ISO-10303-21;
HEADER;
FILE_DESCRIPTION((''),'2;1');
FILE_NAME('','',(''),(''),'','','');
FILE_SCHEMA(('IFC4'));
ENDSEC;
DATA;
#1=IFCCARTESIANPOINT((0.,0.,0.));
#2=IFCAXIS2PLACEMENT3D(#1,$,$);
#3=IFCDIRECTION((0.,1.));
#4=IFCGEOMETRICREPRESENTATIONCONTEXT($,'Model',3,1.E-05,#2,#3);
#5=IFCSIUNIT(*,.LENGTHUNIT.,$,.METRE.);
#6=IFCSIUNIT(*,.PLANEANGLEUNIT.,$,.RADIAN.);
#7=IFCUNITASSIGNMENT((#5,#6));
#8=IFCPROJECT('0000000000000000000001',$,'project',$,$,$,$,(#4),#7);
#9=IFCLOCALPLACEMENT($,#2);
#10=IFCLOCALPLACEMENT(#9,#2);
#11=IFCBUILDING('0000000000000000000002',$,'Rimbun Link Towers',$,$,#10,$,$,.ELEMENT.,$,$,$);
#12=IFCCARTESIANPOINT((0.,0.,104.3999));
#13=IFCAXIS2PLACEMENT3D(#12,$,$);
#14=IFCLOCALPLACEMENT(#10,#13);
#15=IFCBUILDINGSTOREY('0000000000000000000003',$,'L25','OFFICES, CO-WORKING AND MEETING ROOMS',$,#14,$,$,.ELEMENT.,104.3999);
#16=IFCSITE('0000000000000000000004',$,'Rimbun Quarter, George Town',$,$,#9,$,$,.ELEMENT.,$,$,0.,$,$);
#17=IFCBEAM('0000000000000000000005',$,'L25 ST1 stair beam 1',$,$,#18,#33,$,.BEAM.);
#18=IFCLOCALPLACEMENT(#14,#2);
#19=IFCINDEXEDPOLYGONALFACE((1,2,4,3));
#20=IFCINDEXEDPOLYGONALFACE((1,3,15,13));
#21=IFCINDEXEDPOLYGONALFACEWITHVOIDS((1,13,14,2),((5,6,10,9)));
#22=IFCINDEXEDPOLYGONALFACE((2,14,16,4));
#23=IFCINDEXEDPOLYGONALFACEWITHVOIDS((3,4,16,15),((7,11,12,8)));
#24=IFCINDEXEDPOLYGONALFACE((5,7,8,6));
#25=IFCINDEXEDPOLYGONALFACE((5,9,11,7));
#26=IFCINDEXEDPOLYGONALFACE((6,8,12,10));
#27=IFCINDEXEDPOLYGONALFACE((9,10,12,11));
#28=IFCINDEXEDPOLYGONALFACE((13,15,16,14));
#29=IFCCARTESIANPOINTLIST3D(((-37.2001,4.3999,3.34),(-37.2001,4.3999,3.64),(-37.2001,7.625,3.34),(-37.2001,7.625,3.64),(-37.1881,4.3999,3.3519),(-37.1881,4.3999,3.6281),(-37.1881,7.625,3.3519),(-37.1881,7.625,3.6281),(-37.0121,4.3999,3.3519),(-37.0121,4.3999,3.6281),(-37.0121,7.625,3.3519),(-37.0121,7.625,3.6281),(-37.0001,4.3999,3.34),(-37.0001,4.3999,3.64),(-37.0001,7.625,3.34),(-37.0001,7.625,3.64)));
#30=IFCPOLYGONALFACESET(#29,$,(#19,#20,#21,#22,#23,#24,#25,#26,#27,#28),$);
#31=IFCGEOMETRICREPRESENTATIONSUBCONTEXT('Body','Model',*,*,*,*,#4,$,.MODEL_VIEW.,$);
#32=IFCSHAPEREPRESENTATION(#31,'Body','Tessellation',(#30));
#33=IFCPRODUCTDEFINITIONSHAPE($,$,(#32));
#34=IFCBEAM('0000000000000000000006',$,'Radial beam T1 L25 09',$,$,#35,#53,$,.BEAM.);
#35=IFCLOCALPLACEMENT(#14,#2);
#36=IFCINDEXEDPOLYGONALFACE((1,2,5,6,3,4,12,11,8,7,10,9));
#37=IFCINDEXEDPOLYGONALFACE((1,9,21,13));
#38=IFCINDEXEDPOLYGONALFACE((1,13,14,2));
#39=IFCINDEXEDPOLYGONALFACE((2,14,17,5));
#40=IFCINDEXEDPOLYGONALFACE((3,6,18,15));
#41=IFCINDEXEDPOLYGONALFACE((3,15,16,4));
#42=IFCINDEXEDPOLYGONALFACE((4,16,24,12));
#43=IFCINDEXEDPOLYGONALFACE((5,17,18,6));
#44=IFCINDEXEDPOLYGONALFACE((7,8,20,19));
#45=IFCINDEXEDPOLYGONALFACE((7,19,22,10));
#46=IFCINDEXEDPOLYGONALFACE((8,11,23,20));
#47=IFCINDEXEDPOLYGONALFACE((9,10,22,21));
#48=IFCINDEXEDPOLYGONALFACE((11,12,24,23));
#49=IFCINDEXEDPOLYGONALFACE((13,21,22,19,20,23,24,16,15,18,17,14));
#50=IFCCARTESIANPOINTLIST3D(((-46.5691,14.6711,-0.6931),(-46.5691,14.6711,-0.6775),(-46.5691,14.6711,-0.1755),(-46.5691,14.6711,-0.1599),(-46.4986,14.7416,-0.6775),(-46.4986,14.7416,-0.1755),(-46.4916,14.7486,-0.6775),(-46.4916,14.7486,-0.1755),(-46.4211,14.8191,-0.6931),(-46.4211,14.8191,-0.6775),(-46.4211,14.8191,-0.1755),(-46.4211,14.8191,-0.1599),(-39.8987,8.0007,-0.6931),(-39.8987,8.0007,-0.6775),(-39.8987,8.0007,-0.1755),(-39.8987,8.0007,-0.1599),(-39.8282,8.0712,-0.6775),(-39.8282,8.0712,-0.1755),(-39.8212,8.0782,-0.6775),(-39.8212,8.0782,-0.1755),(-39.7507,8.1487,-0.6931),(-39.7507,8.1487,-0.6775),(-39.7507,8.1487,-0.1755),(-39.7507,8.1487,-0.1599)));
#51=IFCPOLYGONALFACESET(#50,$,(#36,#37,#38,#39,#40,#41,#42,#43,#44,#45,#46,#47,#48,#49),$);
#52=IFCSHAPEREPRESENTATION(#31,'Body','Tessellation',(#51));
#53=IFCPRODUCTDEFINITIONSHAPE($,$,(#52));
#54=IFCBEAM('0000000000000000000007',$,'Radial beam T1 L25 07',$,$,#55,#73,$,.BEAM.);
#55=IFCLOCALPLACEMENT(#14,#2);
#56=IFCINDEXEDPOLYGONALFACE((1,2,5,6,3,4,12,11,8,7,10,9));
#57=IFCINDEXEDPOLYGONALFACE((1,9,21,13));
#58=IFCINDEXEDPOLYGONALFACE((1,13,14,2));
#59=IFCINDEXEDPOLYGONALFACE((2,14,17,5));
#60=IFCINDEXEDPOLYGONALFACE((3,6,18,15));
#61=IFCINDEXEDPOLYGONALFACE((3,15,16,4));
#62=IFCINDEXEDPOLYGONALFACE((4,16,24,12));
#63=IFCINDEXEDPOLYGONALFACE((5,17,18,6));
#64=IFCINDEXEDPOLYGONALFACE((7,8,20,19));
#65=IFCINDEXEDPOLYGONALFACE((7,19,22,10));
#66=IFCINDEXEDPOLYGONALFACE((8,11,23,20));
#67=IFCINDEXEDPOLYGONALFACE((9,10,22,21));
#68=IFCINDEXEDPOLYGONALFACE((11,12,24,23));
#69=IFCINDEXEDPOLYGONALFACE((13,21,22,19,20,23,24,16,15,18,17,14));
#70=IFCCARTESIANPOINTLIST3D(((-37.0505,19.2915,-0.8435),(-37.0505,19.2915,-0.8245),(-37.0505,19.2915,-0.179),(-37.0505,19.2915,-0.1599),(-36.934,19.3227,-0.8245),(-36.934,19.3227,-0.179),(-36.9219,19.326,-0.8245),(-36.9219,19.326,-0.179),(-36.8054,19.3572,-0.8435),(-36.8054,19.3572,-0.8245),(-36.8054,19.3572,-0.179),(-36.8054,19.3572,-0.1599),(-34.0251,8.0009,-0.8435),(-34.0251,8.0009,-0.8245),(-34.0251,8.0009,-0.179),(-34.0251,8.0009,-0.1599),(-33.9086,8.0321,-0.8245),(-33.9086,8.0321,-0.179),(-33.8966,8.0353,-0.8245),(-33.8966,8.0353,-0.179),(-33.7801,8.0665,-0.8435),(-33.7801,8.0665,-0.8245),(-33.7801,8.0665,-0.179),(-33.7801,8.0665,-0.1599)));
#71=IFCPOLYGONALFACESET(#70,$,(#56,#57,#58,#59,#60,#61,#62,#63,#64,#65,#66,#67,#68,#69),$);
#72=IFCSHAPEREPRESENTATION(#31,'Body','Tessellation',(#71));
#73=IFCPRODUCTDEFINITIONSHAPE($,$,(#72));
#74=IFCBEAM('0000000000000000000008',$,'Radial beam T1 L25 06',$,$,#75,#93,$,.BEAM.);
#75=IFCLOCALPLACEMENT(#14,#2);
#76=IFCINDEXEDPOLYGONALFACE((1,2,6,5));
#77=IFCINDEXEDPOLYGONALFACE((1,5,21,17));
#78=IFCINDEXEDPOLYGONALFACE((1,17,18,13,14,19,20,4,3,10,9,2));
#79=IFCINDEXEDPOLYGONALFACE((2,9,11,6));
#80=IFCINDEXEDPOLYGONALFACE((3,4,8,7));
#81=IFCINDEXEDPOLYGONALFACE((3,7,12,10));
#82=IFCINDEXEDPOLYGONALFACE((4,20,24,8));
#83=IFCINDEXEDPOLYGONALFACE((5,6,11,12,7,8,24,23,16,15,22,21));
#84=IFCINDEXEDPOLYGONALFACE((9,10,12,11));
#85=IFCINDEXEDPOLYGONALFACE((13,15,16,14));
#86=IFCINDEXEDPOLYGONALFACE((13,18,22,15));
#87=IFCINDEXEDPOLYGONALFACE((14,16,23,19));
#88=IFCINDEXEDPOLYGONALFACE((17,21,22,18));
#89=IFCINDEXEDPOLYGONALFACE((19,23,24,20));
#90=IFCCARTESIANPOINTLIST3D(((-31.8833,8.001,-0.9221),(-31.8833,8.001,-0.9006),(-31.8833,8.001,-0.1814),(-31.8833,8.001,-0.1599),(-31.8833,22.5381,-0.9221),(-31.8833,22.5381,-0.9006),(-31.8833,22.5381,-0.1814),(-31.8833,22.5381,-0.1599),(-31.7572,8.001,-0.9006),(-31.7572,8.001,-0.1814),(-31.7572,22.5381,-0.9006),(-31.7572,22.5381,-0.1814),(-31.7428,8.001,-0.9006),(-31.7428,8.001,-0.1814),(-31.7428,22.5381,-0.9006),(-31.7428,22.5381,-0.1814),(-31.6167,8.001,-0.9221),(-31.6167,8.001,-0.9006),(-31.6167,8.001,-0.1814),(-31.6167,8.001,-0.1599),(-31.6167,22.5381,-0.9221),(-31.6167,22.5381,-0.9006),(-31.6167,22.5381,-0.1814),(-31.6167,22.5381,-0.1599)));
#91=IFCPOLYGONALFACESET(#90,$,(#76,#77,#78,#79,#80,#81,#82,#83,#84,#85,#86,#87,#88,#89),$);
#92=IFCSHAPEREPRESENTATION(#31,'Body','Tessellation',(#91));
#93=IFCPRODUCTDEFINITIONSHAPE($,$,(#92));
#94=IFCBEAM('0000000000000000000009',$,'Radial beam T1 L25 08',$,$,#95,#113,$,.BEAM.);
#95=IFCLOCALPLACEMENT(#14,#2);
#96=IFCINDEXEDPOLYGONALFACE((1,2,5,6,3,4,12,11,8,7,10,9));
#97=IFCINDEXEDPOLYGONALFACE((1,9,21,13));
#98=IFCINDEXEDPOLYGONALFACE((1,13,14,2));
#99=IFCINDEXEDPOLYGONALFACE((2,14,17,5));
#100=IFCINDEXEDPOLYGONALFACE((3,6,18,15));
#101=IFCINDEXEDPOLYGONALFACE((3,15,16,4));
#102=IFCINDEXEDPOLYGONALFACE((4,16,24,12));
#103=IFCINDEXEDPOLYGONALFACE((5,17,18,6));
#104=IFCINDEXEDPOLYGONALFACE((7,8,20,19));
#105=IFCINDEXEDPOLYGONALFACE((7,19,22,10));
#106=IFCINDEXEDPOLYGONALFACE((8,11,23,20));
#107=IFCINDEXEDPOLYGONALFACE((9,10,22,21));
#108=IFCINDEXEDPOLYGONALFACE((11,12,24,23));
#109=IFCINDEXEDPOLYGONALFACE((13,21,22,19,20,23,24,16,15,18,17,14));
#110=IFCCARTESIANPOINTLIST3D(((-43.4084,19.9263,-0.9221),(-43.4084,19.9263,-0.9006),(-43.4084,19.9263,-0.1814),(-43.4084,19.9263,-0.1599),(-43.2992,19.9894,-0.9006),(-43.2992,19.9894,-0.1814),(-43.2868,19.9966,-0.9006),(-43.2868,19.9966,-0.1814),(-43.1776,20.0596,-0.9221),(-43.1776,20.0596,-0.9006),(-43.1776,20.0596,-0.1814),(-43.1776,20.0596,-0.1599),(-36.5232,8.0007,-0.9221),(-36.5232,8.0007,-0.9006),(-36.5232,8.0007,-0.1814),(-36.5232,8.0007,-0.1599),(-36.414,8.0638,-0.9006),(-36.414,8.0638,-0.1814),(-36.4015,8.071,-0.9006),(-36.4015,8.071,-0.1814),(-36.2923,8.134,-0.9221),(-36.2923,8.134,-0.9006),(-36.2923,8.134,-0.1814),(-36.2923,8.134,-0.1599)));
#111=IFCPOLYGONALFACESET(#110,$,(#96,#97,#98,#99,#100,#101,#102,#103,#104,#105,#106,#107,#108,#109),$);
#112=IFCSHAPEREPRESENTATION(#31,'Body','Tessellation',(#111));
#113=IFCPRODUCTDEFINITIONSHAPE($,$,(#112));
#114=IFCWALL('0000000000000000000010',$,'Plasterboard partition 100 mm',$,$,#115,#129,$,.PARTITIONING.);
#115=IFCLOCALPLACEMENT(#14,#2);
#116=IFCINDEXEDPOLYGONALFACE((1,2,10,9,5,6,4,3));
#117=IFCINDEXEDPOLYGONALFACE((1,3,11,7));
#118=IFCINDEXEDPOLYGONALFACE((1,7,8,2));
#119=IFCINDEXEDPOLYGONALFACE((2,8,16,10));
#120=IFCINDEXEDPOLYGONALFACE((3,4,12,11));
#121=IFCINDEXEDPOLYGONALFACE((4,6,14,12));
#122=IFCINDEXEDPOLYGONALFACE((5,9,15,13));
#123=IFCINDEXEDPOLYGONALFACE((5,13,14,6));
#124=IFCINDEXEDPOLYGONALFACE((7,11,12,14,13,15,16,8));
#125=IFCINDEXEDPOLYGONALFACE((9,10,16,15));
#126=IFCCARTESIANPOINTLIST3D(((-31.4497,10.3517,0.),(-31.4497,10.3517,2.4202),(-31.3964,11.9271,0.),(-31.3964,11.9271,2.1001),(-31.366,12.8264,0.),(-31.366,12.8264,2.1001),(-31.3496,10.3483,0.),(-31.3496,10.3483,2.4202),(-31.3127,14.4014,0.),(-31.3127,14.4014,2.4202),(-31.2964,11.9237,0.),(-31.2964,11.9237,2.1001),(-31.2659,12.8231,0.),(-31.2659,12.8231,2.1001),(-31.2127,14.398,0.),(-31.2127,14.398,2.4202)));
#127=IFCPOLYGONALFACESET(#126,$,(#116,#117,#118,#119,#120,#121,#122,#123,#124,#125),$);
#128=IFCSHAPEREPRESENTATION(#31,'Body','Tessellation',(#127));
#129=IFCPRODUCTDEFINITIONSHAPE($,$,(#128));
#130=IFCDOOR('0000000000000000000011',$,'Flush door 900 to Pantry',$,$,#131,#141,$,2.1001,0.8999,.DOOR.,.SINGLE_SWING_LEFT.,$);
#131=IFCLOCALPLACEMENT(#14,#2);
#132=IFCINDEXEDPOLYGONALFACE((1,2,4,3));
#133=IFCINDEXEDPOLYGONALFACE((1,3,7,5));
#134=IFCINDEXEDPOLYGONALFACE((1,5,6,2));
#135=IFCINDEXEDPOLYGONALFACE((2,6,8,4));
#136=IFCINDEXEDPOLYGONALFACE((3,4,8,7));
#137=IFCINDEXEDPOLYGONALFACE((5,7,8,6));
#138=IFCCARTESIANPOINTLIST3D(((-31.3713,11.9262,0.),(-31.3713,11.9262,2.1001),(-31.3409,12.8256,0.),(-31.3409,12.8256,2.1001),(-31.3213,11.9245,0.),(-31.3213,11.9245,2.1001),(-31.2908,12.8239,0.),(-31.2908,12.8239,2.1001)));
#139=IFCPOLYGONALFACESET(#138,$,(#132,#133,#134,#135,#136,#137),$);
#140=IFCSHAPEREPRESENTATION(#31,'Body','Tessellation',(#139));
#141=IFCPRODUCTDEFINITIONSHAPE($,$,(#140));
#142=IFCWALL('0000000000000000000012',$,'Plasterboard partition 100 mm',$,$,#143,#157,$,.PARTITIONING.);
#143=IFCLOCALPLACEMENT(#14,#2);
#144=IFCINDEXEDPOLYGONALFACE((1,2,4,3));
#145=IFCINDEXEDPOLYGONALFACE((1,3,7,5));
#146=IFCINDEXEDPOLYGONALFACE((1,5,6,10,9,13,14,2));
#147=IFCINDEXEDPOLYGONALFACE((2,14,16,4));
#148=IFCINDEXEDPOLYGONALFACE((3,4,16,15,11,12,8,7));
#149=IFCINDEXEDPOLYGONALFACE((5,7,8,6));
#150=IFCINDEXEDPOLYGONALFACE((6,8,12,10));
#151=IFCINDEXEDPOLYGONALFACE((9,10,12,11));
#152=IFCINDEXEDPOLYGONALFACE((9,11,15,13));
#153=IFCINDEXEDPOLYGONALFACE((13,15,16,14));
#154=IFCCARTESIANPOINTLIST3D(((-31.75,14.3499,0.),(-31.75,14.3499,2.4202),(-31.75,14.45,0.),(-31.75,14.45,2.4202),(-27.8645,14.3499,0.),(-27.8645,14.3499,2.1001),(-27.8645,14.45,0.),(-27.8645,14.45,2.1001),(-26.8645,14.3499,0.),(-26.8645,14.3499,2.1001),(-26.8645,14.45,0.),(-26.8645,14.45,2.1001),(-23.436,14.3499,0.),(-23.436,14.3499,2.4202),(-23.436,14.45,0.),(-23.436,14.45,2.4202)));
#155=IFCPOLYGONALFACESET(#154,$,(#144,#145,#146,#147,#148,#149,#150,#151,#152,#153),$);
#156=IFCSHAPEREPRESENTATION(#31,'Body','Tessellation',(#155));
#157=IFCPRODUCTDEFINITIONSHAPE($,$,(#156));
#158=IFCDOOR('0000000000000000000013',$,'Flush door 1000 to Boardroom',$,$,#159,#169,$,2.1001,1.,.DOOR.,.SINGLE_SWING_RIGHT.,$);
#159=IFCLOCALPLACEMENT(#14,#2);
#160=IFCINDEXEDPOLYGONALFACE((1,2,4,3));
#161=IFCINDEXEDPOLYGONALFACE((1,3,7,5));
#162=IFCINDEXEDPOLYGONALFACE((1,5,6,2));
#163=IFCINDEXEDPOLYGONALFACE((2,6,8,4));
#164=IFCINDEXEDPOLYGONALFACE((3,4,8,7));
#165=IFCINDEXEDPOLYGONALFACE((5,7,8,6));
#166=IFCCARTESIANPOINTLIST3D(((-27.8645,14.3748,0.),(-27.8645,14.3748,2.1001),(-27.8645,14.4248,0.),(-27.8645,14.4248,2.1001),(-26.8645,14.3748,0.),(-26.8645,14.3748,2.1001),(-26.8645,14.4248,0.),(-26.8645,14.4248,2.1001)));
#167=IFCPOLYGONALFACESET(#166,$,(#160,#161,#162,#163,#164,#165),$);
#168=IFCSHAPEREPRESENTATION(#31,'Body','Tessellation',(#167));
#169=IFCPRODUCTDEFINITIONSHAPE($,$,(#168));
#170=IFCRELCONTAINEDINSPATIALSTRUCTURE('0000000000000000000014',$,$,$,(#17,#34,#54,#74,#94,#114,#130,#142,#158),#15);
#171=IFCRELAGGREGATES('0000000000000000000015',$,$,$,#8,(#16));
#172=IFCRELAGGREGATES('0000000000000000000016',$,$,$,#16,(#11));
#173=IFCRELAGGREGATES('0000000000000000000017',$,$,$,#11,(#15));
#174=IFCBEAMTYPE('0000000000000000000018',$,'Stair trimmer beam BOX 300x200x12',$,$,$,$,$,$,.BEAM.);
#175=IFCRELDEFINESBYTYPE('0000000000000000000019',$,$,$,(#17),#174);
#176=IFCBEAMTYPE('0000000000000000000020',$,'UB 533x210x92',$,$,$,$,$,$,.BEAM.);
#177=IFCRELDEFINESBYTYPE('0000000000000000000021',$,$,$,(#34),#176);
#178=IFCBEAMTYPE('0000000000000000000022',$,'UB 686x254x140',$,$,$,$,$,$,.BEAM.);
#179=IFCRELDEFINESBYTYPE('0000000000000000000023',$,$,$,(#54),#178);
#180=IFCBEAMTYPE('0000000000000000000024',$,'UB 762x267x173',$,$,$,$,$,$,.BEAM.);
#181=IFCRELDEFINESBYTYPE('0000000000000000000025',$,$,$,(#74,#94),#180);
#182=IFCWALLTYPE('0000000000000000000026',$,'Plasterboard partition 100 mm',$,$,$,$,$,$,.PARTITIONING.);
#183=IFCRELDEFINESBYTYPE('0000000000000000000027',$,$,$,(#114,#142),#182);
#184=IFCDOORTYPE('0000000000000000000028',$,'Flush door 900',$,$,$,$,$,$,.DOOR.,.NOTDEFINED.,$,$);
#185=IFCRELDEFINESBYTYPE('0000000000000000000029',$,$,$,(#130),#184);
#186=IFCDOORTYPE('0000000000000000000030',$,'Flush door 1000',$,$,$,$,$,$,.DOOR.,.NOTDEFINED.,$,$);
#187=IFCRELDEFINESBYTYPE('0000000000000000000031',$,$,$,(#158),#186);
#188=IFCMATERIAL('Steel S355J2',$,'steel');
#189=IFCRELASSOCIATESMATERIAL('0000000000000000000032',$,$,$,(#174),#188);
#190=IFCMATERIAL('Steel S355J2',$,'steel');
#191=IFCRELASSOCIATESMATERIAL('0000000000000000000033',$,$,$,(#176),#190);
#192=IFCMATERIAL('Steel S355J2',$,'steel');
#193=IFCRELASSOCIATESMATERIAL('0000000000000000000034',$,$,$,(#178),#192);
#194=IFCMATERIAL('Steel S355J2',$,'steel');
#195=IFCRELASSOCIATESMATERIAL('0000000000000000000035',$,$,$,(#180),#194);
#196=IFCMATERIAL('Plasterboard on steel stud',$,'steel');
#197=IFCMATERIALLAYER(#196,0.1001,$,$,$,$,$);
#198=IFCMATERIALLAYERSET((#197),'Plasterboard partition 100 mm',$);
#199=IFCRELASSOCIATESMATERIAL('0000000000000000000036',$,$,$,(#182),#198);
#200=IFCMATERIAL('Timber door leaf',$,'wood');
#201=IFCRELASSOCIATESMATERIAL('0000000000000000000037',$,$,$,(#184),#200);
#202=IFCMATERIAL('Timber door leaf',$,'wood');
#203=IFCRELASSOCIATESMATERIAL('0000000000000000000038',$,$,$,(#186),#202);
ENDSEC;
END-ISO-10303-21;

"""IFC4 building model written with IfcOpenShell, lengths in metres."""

from ifc_helpers import new_model, si_unit, direction, frame, frame_2d, origin, origin_2d, place, context, subcontext, project, spatial, rectangle, hollow_rectangle, i_section, extrude, material, layer, layer_set, material_profile, profile_set, type_object, element, fill, save


model = new_model("IFC4")

# Units and contexts
model_context = context("Model", 3, precision=1e-05, world=origin(), true_north=direction((0.0, 1.0)))
body_context = subcontext(model_context, "Body", "Model", "MODEL_VIEW")
ifc_project = project(units=[si_unit("LENGTHUNIT", "METRE"), si_unit("PLANEANGLEUNIT", "RADIAN")], contexts=[model_context])

# Site, building, storey
site_placement = place(None, origin())
site = spatial("IfcSite", under=ifc_project, at=site_placement, Name="Rimbun Quarter, George Town", CompositionType="ELEMENT", RefElevation=0.0)
building_placement = place(site_placement, origin())
building = spatial("IfcBuilding", under=site, at=building_placement, Name="Rimbun Link Towers", CompositionType="ELEMENT")
storey_placement = place(building_placement, frame((0.0, 0.0, 104.3999)))
storey = spatial("IfcBuildingStorey", under=building, at=storey_placement, Name="L25", Description="OFFICES, CO-WORKING AND MEETING ROOMS", CompositionType="ELEMENT", Elevation=104.3999)

# Beams
ifc_material_1 = material(Name="Steel S355J2", Category="steel")
ifc_material_profile_1 = material_profile(ifc_material_1, hollow_rectangle(XDim=0.2, YDim=0.3, WallThickness=0.012, at=origin_2d()), Name="BOX 300x200x12")
ifc_profile_set_1 = profile_set([ifc_material_profile_1], Name="Steel S355J2")
beam_type_1 = type_object("IfcBeamType", Name="Stair trimmer beam BOX 300x200x12", PredefinedType="BEAM", material=ifc_profile_set_1)
beam_1_placement = place(storey_placement, frame((-37.1001, 7.625, 3.49), z_axis=(0.0, -1.0, 0.0), x_axis=(1.0, 0.0, 0.0)))
element("IfcBeam", 1, at=beam_1_placement, inside=storey, type_object=beam_type_1, Name="L25 ST1 stair beam 1", PredefinedType="BEAM", context=body_context, shape_type="SweptSolid", body=[
    extrude(hollow_rectangle(XDim=0.2, YDim=0.3, WallThickness=0.012, at=origin_2d()), origin(), (0.0, 0.0, 1.0), 3.2251),
])
ifc_material_2 = material(Name="Steel S355J2", Category="steel")
ifc_material_profile_2 = material_profile(ifc_material_2, i_section(OverallWidth=0.2092, OverallDepth=0.5332, WebThickness=0.01, FlangeThickness=0.0156, at=origin_2d()), Name="UB 533x210x92")
ifc_profile_set_2 = profile_set([ifc_material_profile_2], Name="Steel S355J2")
beam_type_2 = type_object("IfcBeamType", Name="UB 533x210x92", PredefinedType="BEAM", material=ifc_profile_set_2)
beam_2_placement = place(storey_placement, frame((-39.8247, 8.0747, -0.4265), z_axis=(-0.707107, 0.707107, 0.0), x_axis=(-0.707107, -0.707107, 0.0)))
element("IfcBeam", 2, at=beam_2_placement, inside=storey, type_object=beam_type_2, Name="Radial beam T1 L25 09", PredefinedType="BEAM", context=body_context, shape_type="SweptSolid", body=[
    extrude(i_section(OverallWidth=0.2092, OverallDepth=0.5332, WebThickness=0.01, FlangeThickness=0.0156, at=origin_2d()), origin(), (0.0, 0.0, 1.0), 9.4333),
])
ifc_material_3 = material(Name="Steel S355J2", Category="steel")
ifc_material_profile_3 = material_profile(ifc_material_3, i_section(OverallWidth=0.2537, OverallDepth=0.6836, WebThickness=0.0125, FlangeThickness=0.019, at=origin_2d()), Name="UB 686x254x140")
ifc_profile_set_3 = profile_set([ifc_material_profile_3], Name="Steel S355J2")
beam_type_3 = type_object("IfcBeamType", Name="UB 686x254x140", PredefinedType="BEAM", material=ifc_profile_set_3)
beam_3_placement = place(storey_placement, frame((-33.9026, 8.0337, -0.5017), z_axis=(-0.258822, 0.965925, 0.0), x_axis=(-0.965925, -0.258822, 0.0)))
element("IfcBeam", 3, at=beam_3_placement, inside=storey, type_object=beam_type_3, Name="Radial beam T1 L25 07", PredefinedType="BEAM", context=body_context, shape_type="SweptSolid", body=[
    extrude(i_section(OverallWidth=0.2537, OverallDepth=0.6836, WebThickness=0.0125, FlangeThickness=0.019, at=origin_2d()), origin(), (0.0, 0.0, 1.0), 11.689),
])
ifc_material_4 = material(Name="Steel S355J2", Category="steel")
ifc_material_profile_4 = material_profile(ifc_material_4, i_section(OverallWidth=0.2666, OverallDepth=0.7622, WebThickness=0.0144, FlangeThickness=0.0215, at=origin_2d()), Name="UB 762x267x173")
ifc_profile_set_4 = profile_set([ifc_material_profile_4], Name="Steel S355J2")
beam_type_4 = type_object("IfcBeamType", Name="UB 762x267x173", PredefinedType="BEAM", material=ifc_profile_set_4)
beam_4_placement = place(storey_placement, frame((-31.75, 8.001, -0.541), z_axis=(0.0, 1.0, 0.0), x_axis=(-1.0, 0.0, 0.0)))
element("IfcBeam", 4, at=beam_4_placement, inside=storey, type_object=beam_type_4, Name="Radial beam T1 L25 06", PredefinedType="BEAM", context=body_context, shape_type="SweptSolid", body=[
    extrude(i_section(OverallWidth=0.2666, OverallDepth=0.7622, WebThickness=0.0144, FlangeThickness=0.0215, at=origin_2d()), origin(), (0.0, 0.0, 1.0), 14.5371),
])
beam_5_placement = place(storey_placement, frame((-36.4077, 8.0674, -0.541), z_axis=(-0.500002, 0.866024, 0.0), x_axis=(-0.866024, -0.500002, 0.0)))
element("IfcBeam", 5, at=beam_5_placement, inside=storey, type_object=beam_type_4, Name="Radial beam T1 L25 08", PredefinedType="BEAM", context=body_context, shape_type="SweptSolid", body=[
    extrude(i_section(OverallWidth=0.2666, OverallDepth=0.7622, WebThickness=0.0144, FlangeThickness=0.0215, at=origin_2d()), origin(), (0.0, 0.0, 1.0), 13.7705),
])

# Walls, openings, doors
ifc_material_5 = material(Name="Plasterboard on steel stud", Category="steel")
ifc_layer_1 = layer(ifc_material_5, 0.1001)
ifc_layer_set_1 = layer_set([ifc_layer_1], Name="Plasterboard partition 100 mm")
wall_type_1 = type_object("IfcWallType", Name="Plasterboard partition 100 mm", PredefinedType="PARTITIONING", material=ifc_layer_set_1)
wall_1_placement = place(storey_placement, frame((-31.3997, 10.3501, 0.0), z_axis=(0.0, 0.0, 1.0), x_axis=(0.0338, 0.999429, 0.0)))
wall_1 = element("IfcWall", 6, at=wall_1_placement, inside=storey, type_object=wall_type_1, Name="Plasterboard partition 100 mm", PredefinedType="PARTITIONING", context=body_context, shape_type="SweptSolid", body=[
    extrude(rectangle(XDim=4.052, YDim=0.1001, at=frame_2d((2.0259, 0.0))), origin(), (0.0, 0.0, 1.0), 2.4202),
])
opening_1_placement = place(wall_1_placement, frame((1.5762, 0.0, 0.0)))
opening_1 = element("IfcOpeningElement", 7, at=opening_1_placement, cuts=wall_1, PredefinedType="OPENING", context=body_context, shape_type="SweptSolid", body=[
    extrude(rectangle(XDim=0.8999, YDim=2.1001, at=frame_2d((0.45, 1.05))), frame((0.0, 0.0601, 0.0), z_axis=(0.0, -1.0, 0.0), x_axis=(1.0, 0.0, 0.0)), (0.0, 0.0, 1.0), 0.1201),
])
ifc_material_6 = material(Name="Timber door leaf", Category="wood")
door_type_1 = type_object("IfcDoorType", Name="Flush door 900", OperationType="NOTDEFINED", PredefinedType="DOOR", material=ifc_material_6)
door_1_placement = place(opening_1_placement, origin())
door_1 = element("IfcDoor", 8, at=door_1_placement, inside=storey, type_object=door_type_1, Name="Flush door 900 to Pantry", OperationType="SINGLE_SWING_LEFT", OverallHeight=2.1001, OverallWidth=0.8999, PredefinedType="DOOR", context=body_context, shape_type="SweptSolid", body=[
    extrude(rectangle(XDim=0.8999, YDim=2.1001, at=frame_2d((0.45, 1.05))), frame((0.0, 0.0249, 0.0), z_axis=(0.0, -1.0, 0.0), x_axis=(1.0, 0.0, 0.0)), (0.0, 0.0, 1.0), 0.05),
])
fill(opening_1, door_1)
wall_2_placement = place(storey_placement, frame((-31.75, 14.3999, 0.0), z_axis=(0.0, 0.0, 1.0), x_axis=(1.0, 0.0, 0.0)))
wall_2 = element("IfcWall", 9, at=wall_2_placement, inside=storey, type_object=wall_type_1, Name="Plasterboard partition 100 mm", PredefinedType="PARTITIONING", context=body_context, shape_type="SweptSolid", body=[
    extrude(rectangle(XDim=8.314, YDim=0.1001, at=frame_2d((4.157, 0.0))), origin(), (0.0, 0.0, 1.0), 2.4202),
])
opening_2_placement = place(wall_2_placement, frame((3.8855, 0.0, 0.0)))
opening_2 = element("IfcOpeningElement", 10, at=opening_2_placement, cuts=wall_2, PredefinedType="OPENING", context=body_context, shape_type="SweptSolid", body=[
    extrude(rectangle(XDim=1.0, YDim=2.1001, at=frame_2d((0.5, 1.05))), frame((0.0, 0.0601, 0.0), z_axis=(0.0, -1.0, 0.0), x_axis=(1.0, 0.0, 0.0)), (0.0, 0.0, 1.0), 0.1201),
])
ifc_material_7 = material(Name="Timber door leaf", Category="wood")
door_type_2 = type_object("IfcDoorType", Name="Flush door 1000", OperationType="NOTDEFINED", PredefinedType="DOOR", material=ifc_material_7)
door_2_placement = place(opening_2_placement, origin())
door_2 = element("IfcDoor", 11, at=door_2_placement, inside=storey, type_object=door_type_2, Name="Flush door 1000 to Boardroom", OperationType="SINGLE_SWING_RIGHT", OverallHeight=2.1001, OverallWidth=1.0, PredefinedType="DOOR", context=body_context, shape_type="SweptSolid", body=[
    extrude(rectangle(XDim=1.0, YDim=2.1001, at=frame_2d((0.5, 1.05))), frame((0.0, 0.0249, 0.0), z_axis=(0.0, -1.0, 0.0), x_axis=(1.0, 0.0, 0.0)), (0.0, 0.0, 1.0), 0.05),
])
fill(opening_2, door_2)

save(model, "model.ifc")
